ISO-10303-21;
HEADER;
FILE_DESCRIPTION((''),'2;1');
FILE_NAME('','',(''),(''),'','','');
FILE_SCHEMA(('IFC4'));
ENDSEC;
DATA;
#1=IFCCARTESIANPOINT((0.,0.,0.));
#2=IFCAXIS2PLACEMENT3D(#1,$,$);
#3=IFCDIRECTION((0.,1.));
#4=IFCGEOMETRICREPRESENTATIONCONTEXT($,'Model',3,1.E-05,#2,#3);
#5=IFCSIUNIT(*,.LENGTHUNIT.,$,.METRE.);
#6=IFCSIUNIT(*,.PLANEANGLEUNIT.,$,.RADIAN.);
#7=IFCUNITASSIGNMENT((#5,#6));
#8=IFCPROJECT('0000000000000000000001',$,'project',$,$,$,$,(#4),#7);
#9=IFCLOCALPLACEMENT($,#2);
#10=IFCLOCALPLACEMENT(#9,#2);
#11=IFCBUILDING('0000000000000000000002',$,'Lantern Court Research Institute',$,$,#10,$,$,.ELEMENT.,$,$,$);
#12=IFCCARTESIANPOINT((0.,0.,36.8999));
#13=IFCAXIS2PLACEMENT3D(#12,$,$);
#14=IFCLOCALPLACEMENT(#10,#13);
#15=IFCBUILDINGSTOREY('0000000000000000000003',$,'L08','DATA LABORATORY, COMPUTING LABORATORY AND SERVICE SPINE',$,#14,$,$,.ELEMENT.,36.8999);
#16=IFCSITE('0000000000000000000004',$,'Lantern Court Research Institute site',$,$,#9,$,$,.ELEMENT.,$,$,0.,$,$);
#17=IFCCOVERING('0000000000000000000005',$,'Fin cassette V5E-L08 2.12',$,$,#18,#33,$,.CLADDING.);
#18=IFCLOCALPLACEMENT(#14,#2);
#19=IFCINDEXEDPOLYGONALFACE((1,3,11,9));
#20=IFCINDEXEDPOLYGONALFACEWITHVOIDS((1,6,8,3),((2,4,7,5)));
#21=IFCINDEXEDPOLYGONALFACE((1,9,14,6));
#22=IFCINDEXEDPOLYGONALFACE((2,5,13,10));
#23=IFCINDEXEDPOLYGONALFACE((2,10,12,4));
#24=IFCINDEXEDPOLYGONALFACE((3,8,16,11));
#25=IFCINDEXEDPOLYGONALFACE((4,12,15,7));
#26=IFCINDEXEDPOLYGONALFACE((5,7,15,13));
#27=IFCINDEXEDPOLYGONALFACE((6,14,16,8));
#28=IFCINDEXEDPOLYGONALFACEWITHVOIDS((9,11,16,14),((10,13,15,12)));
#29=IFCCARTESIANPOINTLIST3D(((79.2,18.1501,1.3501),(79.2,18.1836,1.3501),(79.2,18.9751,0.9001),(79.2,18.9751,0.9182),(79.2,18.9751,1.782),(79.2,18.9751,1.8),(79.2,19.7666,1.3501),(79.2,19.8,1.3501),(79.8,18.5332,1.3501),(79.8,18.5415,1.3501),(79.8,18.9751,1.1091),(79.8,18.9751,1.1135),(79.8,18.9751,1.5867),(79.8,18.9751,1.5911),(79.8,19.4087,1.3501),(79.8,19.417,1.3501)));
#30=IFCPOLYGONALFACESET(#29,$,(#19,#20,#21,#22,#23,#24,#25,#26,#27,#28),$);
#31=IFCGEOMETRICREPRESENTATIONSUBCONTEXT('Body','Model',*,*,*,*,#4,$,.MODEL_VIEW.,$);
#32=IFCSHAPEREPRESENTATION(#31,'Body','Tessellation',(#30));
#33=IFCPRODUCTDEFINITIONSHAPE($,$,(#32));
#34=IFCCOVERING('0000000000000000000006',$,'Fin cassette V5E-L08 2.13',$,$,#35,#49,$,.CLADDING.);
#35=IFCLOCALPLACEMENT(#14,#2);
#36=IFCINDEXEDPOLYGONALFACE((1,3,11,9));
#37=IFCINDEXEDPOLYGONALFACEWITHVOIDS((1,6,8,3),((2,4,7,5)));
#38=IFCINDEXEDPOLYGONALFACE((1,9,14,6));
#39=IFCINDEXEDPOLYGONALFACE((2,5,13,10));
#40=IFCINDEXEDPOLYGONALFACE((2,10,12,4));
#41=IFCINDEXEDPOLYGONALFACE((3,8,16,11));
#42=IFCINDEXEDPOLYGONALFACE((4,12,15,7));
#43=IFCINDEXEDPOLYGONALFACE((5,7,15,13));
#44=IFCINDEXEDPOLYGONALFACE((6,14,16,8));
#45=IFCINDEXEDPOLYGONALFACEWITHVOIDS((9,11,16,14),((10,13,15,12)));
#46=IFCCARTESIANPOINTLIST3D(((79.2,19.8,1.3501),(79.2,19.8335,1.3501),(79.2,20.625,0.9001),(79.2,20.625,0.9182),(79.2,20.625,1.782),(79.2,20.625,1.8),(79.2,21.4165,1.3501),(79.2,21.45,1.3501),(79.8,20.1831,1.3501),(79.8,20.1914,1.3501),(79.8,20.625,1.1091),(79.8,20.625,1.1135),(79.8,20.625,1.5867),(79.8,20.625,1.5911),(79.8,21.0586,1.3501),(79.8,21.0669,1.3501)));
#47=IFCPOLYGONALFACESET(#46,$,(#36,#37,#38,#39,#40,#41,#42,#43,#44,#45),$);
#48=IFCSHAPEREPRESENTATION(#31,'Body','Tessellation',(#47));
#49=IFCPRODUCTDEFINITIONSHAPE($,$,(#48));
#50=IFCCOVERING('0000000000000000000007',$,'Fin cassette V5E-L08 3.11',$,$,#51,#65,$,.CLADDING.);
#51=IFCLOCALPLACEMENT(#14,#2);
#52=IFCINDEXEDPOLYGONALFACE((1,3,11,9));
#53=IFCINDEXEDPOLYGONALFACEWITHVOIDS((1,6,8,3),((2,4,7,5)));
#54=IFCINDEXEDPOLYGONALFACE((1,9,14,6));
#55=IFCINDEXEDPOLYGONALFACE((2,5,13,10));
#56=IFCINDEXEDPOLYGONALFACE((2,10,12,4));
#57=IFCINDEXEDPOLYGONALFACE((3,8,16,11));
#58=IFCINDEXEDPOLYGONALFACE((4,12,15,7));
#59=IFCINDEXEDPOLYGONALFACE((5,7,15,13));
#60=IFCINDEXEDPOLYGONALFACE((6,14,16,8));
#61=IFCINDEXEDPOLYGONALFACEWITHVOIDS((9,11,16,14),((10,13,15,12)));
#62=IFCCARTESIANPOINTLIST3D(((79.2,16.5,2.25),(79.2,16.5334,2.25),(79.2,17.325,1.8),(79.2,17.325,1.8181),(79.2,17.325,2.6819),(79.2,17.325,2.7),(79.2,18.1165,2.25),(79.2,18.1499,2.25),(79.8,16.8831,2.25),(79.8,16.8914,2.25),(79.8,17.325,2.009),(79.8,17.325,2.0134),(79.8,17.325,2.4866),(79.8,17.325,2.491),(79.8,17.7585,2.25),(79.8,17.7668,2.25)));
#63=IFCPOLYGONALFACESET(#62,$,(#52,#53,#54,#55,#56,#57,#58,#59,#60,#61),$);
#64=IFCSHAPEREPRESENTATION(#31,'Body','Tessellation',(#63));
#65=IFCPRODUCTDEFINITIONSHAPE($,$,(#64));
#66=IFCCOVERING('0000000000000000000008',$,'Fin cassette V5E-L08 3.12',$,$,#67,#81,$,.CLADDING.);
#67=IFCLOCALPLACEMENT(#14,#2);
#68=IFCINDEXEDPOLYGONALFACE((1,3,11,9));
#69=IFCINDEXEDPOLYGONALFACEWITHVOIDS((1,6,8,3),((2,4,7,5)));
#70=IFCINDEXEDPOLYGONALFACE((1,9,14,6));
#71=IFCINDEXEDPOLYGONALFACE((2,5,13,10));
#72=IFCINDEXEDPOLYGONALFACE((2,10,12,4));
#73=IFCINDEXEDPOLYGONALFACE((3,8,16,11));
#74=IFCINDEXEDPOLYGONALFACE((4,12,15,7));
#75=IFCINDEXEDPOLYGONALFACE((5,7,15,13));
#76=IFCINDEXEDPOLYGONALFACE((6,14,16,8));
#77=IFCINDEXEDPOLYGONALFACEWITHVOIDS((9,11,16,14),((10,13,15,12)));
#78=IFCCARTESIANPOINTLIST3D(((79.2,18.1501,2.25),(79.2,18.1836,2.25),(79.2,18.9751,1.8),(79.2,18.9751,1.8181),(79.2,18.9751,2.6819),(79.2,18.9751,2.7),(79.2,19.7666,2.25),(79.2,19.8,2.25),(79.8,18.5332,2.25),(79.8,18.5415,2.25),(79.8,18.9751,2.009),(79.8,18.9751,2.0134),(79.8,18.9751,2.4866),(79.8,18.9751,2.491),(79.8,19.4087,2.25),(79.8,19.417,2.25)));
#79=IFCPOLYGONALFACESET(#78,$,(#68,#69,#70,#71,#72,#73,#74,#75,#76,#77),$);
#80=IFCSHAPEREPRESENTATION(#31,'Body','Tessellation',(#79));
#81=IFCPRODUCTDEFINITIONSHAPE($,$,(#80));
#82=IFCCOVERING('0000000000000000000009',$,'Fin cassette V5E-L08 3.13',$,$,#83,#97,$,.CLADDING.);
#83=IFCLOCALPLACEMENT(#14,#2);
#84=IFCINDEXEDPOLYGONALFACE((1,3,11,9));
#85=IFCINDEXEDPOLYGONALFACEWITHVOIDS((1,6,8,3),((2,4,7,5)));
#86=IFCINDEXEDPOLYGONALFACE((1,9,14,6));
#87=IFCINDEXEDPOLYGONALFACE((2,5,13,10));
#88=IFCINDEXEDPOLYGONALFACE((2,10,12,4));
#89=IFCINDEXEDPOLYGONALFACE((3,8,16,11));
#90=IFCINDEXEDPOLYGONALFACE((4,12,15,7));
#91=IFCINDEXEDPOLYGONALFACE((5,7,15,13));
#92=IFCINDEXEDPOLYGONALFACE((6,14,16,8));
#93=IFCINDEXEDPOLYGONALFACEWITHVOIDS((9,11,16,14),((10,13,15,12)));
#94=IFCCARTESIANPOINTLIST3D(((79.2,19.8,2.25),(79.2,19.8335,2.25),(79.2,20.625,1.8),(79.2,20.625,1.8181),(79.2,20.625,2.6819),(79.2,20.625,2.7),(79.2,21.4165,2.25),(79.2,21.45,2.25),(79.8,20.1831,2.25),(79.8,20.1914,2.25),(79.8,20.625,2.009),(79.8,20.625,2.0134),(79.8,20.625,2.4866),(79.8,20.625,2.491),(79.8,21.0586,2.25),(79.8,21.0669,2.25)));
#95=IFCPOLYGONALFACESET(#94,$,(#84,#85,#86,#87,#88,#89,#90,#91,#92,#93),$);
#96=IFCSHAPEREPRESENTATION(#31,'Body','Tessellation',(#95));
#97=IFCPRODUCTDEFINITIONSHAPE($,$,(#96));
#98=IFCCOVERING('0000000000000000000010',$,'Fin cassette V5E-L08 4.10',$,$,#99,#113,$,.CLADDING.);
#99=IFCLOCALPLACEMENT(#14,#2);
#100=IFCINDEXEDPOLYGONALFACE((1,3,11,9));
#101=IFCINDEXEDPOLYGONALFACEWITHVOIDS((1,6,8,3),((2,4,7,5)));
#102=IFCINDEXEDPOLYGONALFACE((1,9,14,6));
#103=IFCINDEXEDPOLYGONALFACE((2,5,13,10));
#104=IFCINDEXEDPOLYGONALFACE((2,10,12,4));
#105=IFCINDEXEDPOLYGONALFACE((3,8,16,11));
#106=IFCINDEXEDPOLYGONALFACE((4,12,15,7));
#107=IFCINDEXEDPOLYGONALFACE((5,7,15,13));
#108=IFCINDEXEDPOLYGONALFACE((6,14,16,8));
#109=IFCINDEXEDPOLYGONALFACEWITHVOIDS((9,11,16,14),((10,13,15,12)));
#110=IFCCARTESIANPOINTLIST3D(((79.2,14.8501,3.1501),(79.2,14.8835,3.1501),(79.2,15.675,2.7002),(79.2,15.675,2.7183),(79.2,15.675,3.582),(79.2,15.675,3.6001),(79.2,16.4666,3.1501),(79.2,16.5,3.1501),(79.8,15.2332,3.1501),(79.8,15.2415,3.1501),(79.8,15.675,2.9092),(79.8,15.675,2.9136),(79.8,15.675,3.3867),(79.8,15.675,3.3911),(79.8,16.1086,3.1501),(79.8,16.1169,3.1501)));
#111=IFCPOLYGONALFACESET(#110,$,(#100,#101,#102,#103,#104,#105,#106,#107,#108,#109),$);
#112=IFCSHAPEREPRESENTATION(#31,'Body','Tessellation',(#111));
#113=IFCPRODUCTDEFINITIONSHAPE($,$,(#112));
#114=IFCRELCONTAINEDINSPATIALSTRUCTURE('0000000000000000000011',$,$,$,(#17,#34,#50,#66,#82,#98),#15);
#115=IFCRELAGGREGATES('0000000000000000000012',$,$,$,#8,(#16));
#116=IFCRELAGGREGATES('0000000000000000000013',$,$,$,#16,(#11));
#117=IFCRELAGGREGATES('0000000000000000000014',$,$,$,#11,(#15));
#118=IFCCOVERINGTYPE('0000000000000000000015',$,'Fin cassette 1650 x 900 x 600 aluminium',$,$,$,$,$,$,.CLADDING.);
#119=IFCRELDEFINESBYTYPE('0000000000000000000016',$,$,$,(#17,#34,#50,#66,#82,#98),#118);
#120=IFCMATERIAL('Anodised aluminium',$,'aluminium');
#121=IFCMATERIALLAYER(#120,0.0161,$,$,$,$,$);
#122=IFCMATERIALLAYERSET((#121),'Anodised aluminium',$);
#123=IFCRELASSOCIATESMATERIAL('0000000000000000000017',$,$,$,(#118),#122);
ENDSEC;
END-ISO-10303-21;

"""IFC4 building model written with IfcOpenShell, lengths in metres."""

from ifc_helpers import new_model, entity, si_unit, direction, frame, origin, place, context, subcontext, project, spatial, material, layer, layer_set, type_object, element, save


model = new_model("IFC4")

# Units and contexts
model_context = context("Model", 3, precision=1e-05, world=origin(), true_north=direction((0.0, 1.0)))
body_context = subcontext(model_context, "Body", "Model", "MODEL_VIEW")
ifc_project = project(units=[si_unit("LENGTHUNIT", "METRE"), si_unit("PLANEANGLEUNIT", "RADIAN")], contexts=[model_context])

# Site, building, storey
site_placement = place(None, origin())
site = spatial("IfcSite", under=ifc_project, at=site_placement, Name="Lantern Court Research Institute site", CompositionType="ELEMENT", RefElevation=0.0)
building_placement = place(site_placement, origin())
building = spatial("IfcBuilding", under=site, at=building_placement, Name="Lantern Court Research Institute", CompositionType="ELEMENT")
storey_placement = place(building_placement, frame((0.0, 0.0, 36.8999)))
storey = spatial("IfcBuildingStorey", under=building, at=storey_placement, Name="L08", Description="DATA LABORATORY, COMPUTING LABORATORY AND SERVICE SPINE", CompositionType="ELEMENT", Elevation=36.8999)

# Coverings
ifc_material_1 = material(Name="Anodised aluminium", Category="aluminium")
ifc_layer_1 = layer(ifc_material_1, 0.0161)
ifc_layer_set_1 = layer_set([ifc_layer_1], Name="Anodised aluminium")
covering_type = type_object("IfcCoveringType", Name="Fin cassette 1650 x 900 x 600 aluminium", PredefinedType="CLADDING", material=ifc_layer_set_1)
covering_1_placement = place(storey_placement, frame((79.2, 18.9751, 1.3501), z_axis=(1.0, 0.0, 0.0), x_axis=(0.0, 1.0, 0.0)))
cartesian_point_1 = entity("IfcCartesianPoint", [0.825, 0.0])
cartesian_point_2 = entity("IfcCartesianPoint", [0.7915, 0.0])
cartesian_point_3 = entity("IfcCartesianPoint", [0.4419, 0.0])
cartesian_point_4 = entity("IfcCartesianPoint", [0.4336, 0.0])
element("IfcCovering", 1, at=covering_1_placement, inside=storey, type_object=covering_type, Name="Fin cassette V5E-L08 2.12", PredefinedType="CLADDING", context=body_context, shape_type="SweptSolid", body=[
    entity("IfcExtrudedAreaSolidTapered", entity("IfcArbitraryProfileDefWithVoids", "AREA", None, entity("IfcPolyline", [cartesian_point_1, entity("IfcCartesianPoint", [0.0, 0.45]), entity("IfcCartesianPoint", [-0.825, 0.0]), entity("IfcCartesianPoint", [0.0, -0.45]), cartesian_point_1]), [entity("IfcPolyline", [cartesian_point_2, entity("IfcCartesianPoint", [0.0, 0.4319]), entity("IfcCartesianPoint", [-0.7915, 0.0]), entity("IfcCartesianPoint", [0.0, -0.4319]), cartesian_point_2])]), entity("IfcAxis2Placement3D", entity("IfcCartesianPoint", [0.0, 0.0, 0.0])), entity("IfcDirection", [0.0, 0.0, 1.0]), 0.6001, entity("IfcArbitraryProfileDefWithVoids", "AREA", None, entity("IfcPolyline", [cartesian_point_3, entity("IfcCartesianPoint", [0.0, 0.241]), entity("IfcCartesianPoint", [-0.4419, 0.0]), entity("IfcCartesianPoint", [0.0, -0.241]), cartesian_point_3]), [entity("IfcPolyline", [cartesian_point_4, entity("IfcCartesianPoint", [0.0, 0.2366]), entity("IfcCartesianPoint", [-0.4336, 0.0]), entity("IfcCartesianPoint", [0.0, -0.2366]), cartesian_point_4])])),
])
covering_2_placement = place(storey_placement, frame((79.2, 20.625, 1.3501), z_axis=(1.0, 0.0, 0.0), x_axis=(0.0, 1.0, 0.0)))
cartesian_point_5 = entity("IfcCartesianPoint", [0.825, 0.0])
cartesian_point_6 = entity("IfcCartesianPoint", [0.7915, 0.0])
cartesian_point_7 = entity("IfcCartesianPoint", [0.4419, 0.0])
cartesian_point_8 = entity("IfcCartesianPoint", [0.4336, 0.0])
element("IfcCovering", 2, at=covering_2_placement, inside=storey, type_object=covering_type, Name="Fin cassette V5E-L08 2.13", PredefinedType="CLADDING", context=body_context, shape_type="SweptSolid", body=[
    entity("IfcExtrudedAreaSolidTapered", entity("IfcArbitraryProfileDefWithVoids", "AREA", None, entity("IfcPolyline", [cartesian_point_5, entity("IfcCartesianPoint", [0.0, 0.45]), entity("IfcCartesianPoint", [-0.825, 0.0]), entity("IfcCartesianPoint", [0.0, -0.45]), cartesian_point_5]), [entity("IfcPolyline", [cartesian_point_6, entity("IfcCartesianPoint", [0.0, 0.4319]), entity("IfcCartesianPoint", [-0.7915, 0.0]), entity("IfcCartesianPoint", [0.0, -0.4319]), cartesian_point_6])]), entity("IfcAxis2Placement3D", entity("IfcCartesianPoint", [0.0, 0.0, 0.0])), entity("IfcDirection", [0.0, 0.0, 1.0]), 0.6001, entity("IfcArbitraryProfileDefWithVoids", "AREA", None, entity("IfcPolyline", [cartesian_point_7, entity("IfcCartesianPoint", [0.0, 0.241]), entity("IfcCartesianPoint", [-0.4419, 0.0]), entity("IfcCartesianPoint", [0.0, -0.241]), cartesian_point_7]), [entity("IfcPolyline", [cartesian_point_8, entity("IfcCartesianPoint", [0.0, 0.2366]), entity("IfcCartesianPoint", [-0.4336, 0.0]), entity("IfcCartesianPoint", [0.0, -0.2366]), cartesian_point_8])])),
])
covering_3_placement = place(storey_placement, frame((79.2, 17.325, 2.25), z_axis=(1.0, 0.0, 0.0), x_axis=(0.0, 1.0, 0.0)))
cartesian_point_9 = entity("IfcCartesianPoint", [0.825, 0.0])
cartesian_point_10 = entity("IfcCartesianPoint", [0.7915, 0.0])
cartesian_point_11 = entity("IfcCartesianPoint", [0.4419, 0.0])
cartesian_point_12 = entity("IfcCartesianPoint", [0.4336, 0.0])
element("IfcCovering", 3, at=covering_3_placement, inside=storey, type_object=covering_type, Name="Fin cassette V5E-L08 3.11", PredefinedType="CLADDING", context=body_context, shape_type="SweptSolid", body=[
    entity("IfcExtrudedAreaSolidTapered", entity("IfcArbitraryProfileDefWithVoids", "AREA", None, entity("IfcPolyline", [cartesian_point_9, entity("IfcCartesianPoint", [0.0, 0.45]), entity("IfcCartesianPoint", [-0.825, 0.0]), entity("IfcCartesianPoint", [0.0, -0.45]), cartesian_point_9]), [entity("IfcPolyline", [cartesian_point_10, entity("IfcCartesianPoint", [0.0, 0.4319]), entity("IfcCartesianPoint", [-0.7915, 0.0]), entity("IfcCartesianPoint", [0.0, -0.4319]), cartesian_point_10])]), entity("IfcAxis2Placement3D", entity("IfcCartesianPoint", [0.0, 0.0, 0.0])), entity("IfcDirection", [0.0, 0.0, 1.0]), 0.6001, entity("IfcArbitraryProfileDefWithVoids", "AREA", None, entity("IfcPolyline", [cartesian_point_11, entity("IfcCartesianPoint", [0.0, 0.241]), entity("IfcCartesianPoint", [-0.4419, 0.0]), entity("IfcCartesianPoint", [0.0, -0.241]), cartesian_point_11]), [entity("IfcPolyline", [cartesian_point_12, entity("IfcCartesianPoint", [0.0, 0.2366]), entity("IfcCartesianPoint", [-0.4336, 0.0]), entity("IfcCartesianPoint", [0.0, -0.2366]), cartesian_point_12])])),
])
covering_4_placement = place(storey_placement, frame((79.2, 18.9751, 2.25), z_axis=(1.0, 0.0, 0.0), x_axis=(0.0, 1.0, 0.0)))
cartesian_point_13 = entity("IfcCartesianPoint", [0.825, 0.0])
cartesian_point_14 = entity("IfcCartesianPoint", [0.7915, 0.0])
cartesian_point_15 = entity("IfcCartesianPoint", [0.4419, 0.0])
cartesian_point_16 = entity("IfcCartesianPoint", [0.4336, 0.0])
element("IfcCovering", 4, at=covering_4_placement, inside=storey, type_object=covering_type, Name="Fin cassette V5E-L08 3.12", PredefinedType="CLADDING", context=body_context, shape_type="SweptSolid", body=[
    entity("IfcExtrudedAreaSolidTapered", entity("IfcArbitraryProfileDefWithVoids", "AREA", None, entity("IfcPolyline", [cartesian_point_13, entity("IfcCartesianPoint", [0.0, 0.45]), entity("IfcCartesianPoint", [-0.825, 0.0]), entity("IfcCartesianPoint", [0.0, -0.45]), cartesian_point_13]), [entity("IfcPolyline", [cartesian_point_14, entity("IfcCartesianPoint", [0.0, 0.4319]), entity("IfcCartesianPoint", [-0.7915, 0.0]), entity("IfcCartesianPoint", [0.0, -0.4319]), cartesian_point_14])]), entity("IfcAxis2Placement3D", entity("IfcCartesianPoint", [0.0, 0.0, 0.0])), entity("IfcDirection", [0.0, 0.0, 1.0]), 0.6001, entity("IfcArbitraryProfileDefWithVoids", "AREA", None, entity("IfcPolyline", [cartesian_point_15, entity("IfcCartesianPoint", [0.0, 0.241]), entity("IfcCartesianPoint", [-0.4419, 0.0]), entity("IfcCartesianPoint", [0.0, -0.241]), cartesian_point_15]), [entity("IfcPolyline", [cartesian_point_16, entity("IfcCartesianPoint", [0.0, 0.2366]), entity("IfcCartesianPoint", [-0.4336, 0.0]), entity("IfcCartesianPoint", [0.0, -0.2366]), cartesian_point_16])])),
])
covering_5_placement = place(storey_placement, frame((79.2, 20.625, 2.25), z_axis=(1.0, 0.0, 0.0), x_axis=(0.0, 1.0, 0.0)))
cartesian_point_17 = entity("IfcCartesianPoint", [0.825, 0.0])
cartesian_point_18 = entity("IfcCartesianPoint", [0.7915, 0.0])
cartesian_point_19 = entity("IfcCartesianPoint", [0.4419, 0.0])
cartesian_point_20 = entity("IfcCartesianPoint", [0.4336, 0.0])
element("IfcCovering", 5, at=covering_5_placement, inside=storey, type_object=covering_type, Name="Fin cassette V5E-L08 3.13", PredefinedType="CLADDING", context=body_context, shape_type="SweptSolid", body=[
    entity("IfcExtrudedAreaSolidTapered", entity("IfcArbitraryProfileDefWithVoids", "AREA", None, entity("IfcPolyline", [cartesian_point_17, entity("IfcCartesianPoint", [0.0, 0.45]), entity("IfcCartesianPoint", [-0.825, 0.0]), entity("IfcCartesianPoint", [0.0, -0.45]), cartesian_point_17]), [entity("IfcPolyline", [cartesian_point_18, entity("IfcCartesianPoint", [0.0, 0.4319]), entity("IfcCartesianPoint", [-0.7915, 0.0]), entity("IfcCartesianPoint", [0.0, -0.4319]), cartesian_point_18])]), entity("IfcAxis2Placement3D", entity("IfcCartesianPoint", [0.0, 0.0, 0.0])), entity("IfcDirection", [0.0, 0.0, 1.0]), 0.6001, entity("IfcArbitraryProfileDefWithVoids", "AREA", None, entity("IfcPolyline", [cartesian_point_19, entity("IfcCartesianPoint", [0.0, 0.241]), entity("IfcCartesianPoint", [-0.4419, 0.0]), entity("IfcCartesianPoint", [0.0, -0.241]), cartesian_point_19]), [entity("IfcPolyline", [cartesian_point_20, entity("IfcCartesianPoint", [0.0, 0.2366]), entity("IfcCartesianPoint", [-0.4336, 0.0]), entity("IfcCartesianPoint", [0.0, -0.2366]), cartesian_point_20])])),
])
covering_6_placement = place(storey_placement, frame((79.2, 15.675, 3.1501), z_axis=(1.0, 0.0, 0.0), x_axis=(0.0, 1.0, 0.0)))
cartesian_point_21 = entity("IfcCartesianPoint", [0.825, 0.0])
cartesian_point_22 = entity("IfcCartesianPoint", [0.7915, 0.0])
cartesian_point_23 = entity("IfcCartesianPoint", [0.4419, 0.0])
cartesian_point_24 = entity("IfcCartesianPoint", [0.4336, 0.0])
element("IfcCovering", 6, at=covering_6_placement, inside=storey, type_object=covering_type, Name="Fin cassette V5E-L08 4.10", PredefinedType="CLADDING", context=body_context, shape_type="SweptSolid", body=[
    entity("IfcExtrudedAreaSolidTapered", entity("IfcArbitraryProfileDefWithVoids", "AREA", None, entity("IfcPolyline", [cartesian_point_21, entity("IfcCartesianPoint", [0.0, 0.45]), entity("IfcCartesianPoint", [-0.825, 0.0]), entity("IfcCartesianPoint", [0.0, -0.45]), cartesian_point_21]), [entity("IfcPolyline", [cartesian_point_22, entity("IfcCartesianPoint", [0.0, 0.4319]), entity("IfcCartesianPoint", [-0.7915, 0.0]), entity("IfcCartesianPoint", [0.0, -0.4319]), cartesian_point_22])]), entity("IfcAxis2Placement3D", entity("IfcCartesianPoint", [0.0, 0.0, 0.0])), entity("IfcDirection", [0.0, 0.0, 1.0]), 0.6001, entity("IfcArbitraryProfileDefWithVoids", "AREA", None, entity("IfcPolyline", [cartesian_point_23, entity("IfcCartesianPoint", [0.0, 0.241]), entity("IfcCartesianPoint", [-0.4419, 0.0]), entity("IfcCartesianPoint", [0.0, -0.241]), cartesian_point_23]), [entity("IfcPolyline", [cartesian_point_24, entity("IfcCartesianPoint", [0.0, 0.2366]), entity("IfcCartesianPoint", [-0.4336, 0.0]), entity("IfcCartesianPoint", [0.0, -0.2366]), cartesian_point_24])])),
])

save(model, "model.ifc")
